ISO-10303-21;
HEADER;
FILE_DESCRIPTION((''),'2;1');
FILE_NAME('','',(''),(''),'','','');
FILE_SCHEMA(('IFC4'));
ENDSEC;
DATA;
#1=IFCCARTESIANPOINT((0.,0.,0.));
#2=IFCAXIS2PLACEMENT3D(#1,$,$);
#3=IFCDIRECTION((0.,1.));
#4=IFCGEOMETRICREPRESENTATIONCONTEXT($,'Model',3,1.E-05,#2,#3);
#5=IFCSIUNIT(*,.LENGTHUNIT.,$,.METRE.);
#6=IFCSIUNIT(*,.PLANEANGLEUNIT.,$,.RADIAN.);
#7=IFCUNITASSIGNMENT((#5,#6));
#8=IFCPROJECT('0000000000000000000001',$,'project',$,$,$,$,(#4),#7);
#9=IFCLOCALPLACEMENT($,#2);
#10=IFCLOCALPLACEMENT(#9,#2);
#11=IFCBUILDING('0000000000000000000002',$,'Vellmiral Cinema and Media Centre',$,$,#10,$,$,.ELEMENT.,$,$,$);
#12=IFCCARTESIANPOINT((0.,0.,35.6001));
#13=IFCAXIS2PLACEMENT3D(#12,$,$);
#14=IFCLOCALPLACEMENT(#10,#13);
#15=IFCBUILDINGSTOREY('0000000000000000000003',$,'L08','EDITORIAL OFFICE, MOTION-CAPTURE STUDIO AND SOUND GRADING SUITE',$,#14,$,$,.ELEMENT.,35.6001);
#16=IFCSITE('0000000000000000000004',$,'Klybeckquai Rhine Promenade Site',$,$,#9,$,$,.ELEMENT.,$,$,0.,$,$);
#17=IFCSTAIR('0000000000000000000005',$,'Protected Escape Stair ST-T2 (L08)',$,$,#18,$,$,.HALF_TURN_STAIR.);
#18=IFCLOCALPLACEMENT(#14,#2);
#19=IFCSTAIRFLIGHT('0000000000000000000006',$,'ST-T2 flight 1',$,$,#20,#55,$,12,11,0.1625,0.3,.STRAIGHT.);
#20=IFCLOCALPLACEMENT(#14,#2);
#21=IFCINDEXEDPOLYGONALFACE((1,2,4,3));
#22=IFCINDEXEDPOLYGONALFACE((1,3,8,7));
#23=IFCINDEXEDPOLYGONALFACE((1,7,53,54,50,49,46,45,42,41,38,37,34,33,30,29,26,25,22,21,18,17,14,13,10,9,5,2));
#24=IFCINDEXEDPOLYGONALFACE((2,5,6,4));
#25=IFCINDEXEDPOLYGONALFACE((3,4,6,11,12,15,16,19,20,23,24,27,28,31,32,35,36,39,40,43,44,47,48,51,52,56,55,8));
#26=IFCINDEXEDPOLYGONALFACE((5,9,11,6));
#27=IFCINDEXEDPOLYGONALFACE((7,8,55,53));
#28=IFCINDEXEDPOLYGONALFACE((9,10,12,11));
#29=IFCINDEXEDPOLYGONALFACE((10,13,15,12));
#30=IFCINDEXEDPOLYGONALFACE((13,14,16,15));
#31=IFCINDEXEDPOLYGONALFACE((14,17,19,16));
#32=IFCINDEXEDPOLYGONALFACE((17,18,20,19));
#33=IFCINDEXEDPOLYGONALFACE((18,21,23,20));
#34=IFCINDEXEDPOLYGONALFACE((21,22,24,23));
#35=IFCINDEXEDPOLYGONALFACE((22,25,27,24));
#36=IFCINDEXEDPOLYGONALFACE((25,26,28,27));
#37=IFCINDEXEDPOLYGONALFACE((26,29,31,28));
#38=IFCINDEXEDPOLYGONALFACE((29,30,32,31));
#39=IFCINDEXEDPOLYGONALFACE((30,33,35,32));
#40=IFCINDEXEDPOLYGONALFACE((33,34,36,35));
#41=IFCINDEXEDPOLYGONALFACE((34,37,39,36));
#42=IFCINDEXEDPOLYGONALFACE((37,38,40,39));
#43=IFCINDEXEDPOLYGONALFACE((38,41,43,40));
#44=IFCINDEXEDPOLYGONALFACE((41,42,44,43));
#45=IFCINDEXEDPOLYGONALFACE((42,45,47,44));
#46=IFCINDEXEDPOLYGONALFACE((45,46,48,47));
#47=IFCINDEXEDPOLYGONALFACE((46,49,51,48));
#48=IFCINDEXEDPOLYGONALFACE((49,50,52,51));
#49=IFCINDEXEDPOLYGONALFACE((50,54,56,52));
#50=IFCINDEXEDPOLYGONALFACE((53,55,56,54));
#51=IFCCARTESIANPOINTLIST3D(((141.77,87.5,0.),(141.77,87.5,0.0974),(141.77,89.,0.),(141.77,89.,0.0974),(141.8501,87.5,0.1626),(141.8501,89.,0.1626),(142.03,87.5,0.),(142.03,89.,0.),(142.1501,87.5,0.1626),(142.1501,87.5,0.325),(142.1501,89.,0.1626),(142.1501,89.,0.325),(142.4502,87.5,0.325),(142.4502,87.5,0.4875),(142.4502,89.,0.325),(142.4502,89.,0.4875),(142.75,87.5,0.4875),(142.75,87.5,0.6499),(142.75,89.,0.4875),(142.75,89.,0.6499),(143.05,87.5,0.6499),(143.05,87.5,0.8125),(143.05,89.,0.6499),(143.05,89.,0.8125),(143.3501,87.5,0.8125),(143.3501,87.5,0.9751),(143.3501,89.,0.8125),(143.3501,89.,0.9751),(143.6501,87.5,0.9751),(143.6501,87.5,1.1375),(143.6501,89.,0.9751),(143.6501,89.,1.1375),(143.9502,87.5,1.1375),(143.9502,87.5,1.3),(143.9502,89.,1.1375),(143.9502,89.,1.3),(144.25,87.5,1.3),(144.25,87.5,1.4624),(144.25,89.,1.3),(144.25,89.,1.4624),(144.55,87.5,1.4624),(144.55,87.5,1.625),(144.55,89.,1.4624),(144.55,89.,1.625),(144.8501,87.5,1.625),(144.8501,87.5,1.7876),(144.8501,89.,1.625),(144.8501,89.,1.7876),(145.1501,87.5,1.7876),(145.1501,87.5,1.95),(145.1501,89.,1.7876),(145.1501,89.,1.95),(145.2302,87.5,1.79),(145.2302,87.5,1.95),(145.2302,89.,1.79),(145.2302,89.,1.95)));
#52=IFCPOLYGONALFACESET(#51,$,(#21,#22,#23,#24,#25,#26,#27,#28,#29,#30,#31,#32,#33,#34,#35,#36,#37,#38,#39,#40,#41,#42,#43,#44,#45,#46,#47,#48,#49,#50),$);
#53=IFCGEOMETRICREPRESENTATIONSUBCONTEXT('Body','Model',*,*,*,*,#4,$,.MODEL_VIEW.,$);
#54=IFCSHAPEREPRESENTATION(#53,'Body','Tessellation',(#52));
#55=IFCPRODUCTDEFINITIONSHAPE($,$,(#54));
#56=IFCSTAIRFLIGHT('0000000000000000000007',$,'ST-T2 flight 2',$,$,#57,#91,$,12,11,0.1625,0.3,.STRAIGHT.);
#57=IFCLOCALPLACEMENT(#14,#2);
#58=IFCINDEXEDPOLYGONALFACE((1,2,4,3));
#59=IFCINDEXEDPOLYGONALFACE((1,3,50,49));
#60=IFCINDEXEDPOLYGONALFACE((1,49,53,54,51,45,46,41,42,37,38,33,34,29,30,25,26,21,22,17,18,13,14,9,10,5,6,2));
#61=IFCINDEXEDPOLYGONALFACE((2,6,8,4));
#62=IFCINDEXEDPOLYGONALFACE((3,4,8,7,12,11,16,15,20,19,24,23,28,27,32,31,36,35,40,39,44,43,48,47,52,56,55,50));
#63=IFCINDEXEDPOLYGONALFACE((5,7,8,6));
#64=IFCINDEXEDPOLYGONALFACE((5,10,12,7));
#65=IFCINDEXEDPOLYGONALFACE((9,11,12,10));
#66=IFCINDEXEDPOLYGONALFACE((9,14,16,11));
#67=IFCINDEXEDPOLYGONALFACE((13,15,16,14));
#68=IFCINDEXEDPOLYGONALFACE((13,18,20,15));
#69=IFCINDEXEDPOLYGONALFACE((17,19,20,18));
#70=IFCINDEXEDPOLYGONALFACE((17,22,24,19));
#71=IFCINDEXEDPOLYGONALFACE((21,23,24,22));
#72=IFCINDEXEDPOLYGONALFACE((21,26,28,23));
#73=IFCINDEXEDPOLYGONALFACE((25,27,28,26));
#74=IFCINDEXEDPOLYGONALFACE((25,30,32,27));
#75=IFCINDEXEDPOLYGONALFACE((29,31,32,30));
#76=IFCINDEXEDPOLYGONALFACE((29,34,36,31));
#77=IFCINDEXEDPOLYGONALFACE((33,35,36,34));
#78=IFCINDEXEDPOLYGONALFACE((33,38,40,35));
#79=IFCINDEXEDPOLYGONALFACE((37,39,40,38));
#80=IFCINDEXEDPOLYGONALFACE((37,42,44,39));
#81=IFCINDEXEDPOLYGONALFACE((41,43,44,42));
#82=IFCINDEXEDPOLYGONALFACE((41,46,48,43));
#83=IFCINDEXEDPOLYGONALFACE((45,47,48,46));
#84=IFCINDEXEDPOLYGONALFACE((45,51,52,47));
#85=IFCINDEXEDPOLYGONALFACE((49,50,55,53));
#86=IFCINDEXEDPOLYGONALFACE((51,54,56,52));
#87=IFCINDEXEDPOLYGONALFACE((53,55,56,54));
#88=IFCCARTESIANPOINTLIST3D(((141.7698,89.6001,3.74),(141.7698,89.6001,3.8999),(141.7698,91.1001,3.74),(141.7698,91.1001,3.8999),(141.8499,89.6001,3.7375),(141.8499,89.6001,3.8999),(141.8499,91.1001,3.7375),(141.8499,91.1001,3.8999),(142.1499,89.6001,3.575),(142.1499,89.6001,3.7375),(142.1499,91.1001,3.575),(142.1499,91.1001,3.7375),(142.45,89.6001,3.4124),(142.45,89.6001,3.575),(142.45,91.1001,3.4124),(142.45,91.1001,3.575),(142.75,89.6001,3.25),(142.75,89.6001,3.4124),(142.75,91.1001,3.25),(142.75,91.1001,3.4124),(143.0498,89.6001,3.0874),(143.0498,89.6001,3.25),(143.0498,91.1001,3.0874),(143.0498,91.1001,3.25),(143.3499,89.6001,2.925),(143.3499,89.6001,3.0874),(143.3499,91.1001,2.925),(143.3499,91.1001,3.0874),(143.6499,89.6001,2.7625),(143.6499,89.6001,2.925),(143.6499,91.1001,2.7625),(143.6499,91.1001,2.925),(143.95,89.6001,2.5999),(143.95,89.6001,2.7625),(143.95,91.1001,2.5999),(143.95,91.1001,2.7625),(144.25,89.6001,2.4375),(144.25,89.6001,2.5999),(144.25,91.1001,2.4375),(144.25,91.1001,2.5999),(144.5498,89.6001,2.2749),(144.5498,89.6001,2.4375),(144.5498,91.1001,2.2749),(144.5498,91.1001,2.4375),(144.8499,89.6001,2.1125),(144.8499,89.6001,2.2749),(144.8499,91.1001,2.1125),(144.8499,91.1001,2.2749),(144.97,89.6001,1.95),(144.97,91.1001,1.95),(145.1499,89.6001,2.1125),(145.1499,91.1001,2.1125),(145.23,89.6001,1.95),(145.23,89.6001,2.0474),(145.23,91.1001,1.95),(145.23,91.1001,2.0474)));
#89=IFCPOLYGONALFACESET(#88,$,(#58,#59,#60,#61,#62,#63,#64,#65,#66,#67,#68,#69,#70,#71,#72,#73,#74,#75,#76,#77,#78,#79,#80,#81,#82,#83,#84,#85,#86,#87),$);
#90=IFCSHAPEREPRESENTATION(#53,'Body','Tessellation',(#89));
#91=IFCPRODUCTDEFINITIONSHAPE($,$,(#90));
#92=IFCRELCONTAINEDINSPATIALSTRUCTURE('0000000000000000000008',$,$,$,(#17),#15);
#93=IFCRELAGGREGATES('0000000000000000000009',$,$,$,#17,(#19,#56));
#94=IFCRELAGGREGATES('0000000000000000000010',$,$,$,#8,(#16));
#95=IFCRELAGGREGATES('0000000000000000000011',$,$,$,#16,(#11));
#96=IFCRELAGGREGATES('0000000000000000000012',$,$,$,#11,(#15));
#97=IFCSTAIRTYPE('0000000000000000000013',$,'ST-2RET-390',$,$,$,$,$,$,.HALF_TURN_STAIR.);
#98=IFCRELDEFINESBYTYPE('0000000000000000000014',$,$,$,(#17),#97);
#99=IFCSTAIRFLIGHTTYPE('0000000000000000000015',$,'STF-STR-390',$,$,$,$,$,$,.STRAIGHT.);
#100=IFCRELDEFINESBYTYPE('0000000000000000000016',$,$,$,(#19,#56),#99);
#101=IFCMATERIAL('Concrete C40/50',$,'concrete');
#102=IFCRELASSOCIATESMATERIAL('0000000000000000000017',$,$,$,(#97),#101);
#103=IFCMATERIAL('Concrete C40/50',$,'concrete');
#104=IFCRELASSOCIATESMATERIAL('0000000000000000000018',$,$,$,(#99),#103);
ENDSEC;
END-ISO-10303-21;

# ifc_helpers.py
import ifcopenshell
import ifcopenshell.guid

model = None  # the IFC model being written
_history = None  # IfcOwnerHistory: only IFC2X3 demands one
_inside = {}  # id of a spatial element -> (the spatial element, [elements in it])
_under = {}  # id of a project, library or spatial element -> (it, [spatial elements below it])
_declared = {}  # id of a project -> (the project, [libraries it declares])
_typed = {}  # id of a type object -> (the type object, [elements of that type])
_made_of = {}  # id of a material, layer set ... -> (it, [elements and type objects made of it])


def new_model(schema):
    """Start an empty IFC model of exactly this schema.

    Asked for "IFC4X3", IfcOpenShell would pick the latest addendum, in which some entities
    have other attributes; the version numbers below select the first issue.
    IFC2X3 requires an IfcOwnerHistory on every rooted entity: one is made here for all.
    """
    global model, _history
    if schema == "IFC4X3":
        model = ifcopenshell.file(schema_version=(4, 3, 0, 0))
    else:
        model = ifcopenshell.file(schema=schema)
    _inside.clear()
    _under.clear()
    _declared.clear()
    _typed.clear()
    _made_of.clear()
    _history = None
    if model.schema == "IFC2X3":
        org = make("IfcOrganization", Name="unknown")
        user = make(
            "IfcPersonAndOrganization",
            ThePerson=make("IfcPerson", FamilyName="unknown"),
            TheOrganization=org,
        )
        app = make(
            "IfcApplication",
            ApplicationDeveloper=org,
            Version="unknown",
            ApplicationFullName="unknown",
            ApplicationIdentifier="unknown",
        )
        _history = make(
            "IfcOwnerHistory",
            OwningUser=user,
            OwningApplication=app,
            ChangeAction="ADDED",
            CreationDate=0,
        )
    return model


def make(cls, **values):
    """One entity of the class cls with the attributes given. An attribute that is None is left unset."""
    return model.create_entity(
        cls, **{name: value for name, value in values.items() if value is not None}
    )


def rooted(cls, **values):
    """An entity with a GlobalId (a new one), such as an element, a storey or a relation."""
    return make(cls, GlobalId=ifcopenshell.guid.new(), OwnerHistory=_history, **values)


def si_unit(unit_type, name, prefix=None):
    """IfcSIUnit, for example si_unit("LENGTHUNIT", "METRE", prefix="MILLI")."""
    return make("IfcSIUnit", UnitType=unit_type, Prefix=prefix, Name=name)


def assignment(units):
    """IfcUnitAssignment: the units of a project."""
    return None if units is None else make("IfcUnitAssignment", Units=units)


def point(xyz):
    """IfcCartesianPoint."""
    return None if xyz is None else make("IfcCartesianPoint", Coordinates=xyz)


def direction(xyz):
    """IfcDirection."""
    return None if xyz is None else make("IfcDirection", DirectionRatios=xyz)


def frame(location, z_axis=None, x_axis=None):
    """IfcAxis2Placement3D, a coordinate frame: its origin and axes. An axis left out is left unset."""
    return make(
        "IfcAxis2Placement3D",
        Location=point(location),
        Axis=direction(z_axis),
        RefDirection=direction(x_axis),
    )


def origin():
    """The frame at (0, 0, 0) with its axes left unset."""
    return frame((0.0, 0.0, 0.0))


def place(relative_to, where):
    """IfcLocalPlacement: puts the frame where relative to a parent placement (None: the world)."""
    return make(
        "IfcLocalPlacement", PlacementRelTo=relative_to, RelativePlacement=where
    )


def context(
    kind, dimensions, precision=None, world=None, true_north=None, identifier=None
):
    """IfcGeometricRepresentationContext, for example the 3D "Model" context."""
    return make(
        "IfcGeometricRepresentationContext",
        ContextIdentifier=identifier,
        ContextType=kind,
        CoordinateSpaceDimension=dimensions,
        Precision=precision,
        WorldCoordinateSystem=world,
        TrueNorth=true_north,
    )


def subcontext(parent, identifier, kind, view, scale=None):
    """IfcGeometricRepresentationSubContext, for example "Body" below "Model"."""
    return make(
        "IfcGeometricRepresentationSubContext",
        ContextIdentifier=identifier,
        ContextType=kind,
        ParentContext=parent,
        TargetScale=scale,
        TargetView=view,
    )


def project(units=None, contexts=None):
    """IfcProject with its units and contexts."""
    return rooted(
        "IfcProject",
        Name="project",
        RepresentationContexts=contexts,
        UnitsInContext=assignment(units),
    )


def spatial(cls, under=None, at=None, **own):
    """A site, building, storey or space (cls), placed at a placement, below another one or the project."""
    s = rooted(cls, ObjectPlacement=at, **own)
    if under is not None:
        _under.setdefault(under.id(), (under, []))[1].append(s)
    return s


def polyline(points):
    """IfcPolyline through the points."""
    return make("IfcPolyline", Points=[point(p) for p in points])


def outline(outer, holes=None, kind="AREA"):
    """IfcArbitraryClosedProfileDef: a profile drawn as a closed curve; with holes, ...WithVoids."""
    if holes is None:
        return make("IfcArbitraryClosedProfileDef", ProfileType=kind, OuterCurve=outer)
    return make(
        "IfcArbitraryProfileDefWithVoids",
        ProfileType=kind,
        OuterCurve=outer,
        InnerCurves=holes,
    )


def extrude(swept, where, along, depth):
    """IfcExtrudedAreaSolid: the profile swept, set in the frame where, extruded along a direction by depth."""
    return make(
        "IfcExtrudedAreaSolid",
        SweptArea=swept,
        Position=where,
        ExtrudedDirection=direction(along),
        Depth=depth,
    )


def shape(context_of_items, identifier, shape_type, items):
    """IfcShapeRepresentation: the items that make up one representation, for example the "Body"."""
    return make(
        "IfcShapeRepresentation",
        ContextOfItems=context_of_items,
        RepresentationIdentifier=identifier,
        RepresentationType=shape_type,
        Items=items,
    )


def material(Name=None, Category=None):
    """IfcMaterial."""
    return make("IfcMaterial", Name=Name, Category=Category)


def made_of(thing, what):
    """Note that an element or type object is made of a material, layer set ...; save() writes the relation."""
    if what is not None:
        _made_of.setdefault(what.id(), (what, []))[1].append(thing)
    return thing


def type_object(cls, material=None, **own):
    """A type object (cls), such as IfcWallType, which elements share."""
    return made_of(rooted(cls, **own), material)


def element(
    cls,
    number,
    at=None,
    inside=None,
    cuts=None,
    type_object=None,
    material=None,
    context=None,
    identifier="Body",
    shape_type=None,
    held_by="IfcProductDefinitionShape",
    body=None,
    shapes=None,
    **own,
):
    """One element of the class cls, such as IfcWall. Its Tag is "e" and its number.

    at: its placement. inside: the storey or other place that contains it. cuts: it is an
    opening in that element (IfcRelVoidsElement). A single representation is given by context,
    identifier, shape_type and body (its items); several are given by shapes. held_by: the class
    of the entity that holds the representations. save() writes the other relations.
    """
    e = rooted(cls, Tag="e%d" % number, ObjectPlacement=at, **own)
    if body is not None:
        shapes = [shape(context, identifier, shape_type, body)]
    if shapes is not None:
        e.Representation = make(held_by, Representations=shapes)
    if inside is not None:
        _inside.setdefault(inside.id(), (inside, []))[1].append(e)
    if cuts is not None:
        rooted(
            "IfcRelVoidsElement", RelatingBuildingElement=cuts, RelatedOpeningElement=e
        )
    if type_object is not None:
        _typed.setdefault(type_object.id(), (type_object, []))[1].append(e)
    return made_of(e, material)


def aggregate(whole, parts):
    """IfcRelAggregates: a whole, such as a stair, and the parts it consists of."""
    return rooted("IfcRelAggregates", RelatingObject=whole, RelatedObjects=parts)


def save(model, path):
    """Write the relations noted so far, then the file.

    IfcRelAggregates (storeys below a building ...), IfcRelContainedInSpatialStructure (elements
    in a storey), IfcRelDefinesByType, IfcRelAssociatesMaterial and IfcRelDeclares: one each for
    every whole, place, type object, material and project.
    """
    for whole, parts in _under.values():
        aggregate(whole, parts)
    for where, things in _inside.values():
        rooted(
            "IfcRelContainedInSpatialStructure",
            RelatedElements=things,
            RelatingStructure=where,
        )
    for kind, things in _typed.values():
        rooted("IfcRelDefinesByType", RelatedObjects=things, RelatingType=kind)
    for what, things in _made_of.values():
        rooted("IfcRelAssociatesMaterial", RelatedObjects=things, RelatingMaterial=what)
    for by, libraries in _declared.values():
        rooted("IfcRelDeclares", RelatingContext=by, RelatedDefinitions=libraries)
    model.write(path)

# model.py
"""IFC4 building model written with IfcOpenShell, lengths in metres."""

from ifc_helpers import new_model, si_unit, direction, frame, origin, place, context, subcontext, project, spatial, polyline, outline, extrude, material, type_object, element, aggregate, save


model = new_model("IFC4")

# Units and contexts
model_context = context("Model", 3, precision=1e-05, world=origin(), true_north=direction((0.0, 1.0)))
body_context = subcontext(model_context, "Body", "Model", "MODEL_VIEW")
ifc_project = project(units=[si_unit("LENGTHUNIT", "METRE"), si_unit("PLANEANGLEUNIT", "RADIAN")], contexts=[model_context])

# Site, building, storey
site_placement = place(None, origin())
site = spatial("IfcSite", under=ifc_project, at=site_placement, Name="Klybeckquai Rhine Promenade Site", CompositionType="ELEMENT", RefElevation=0.0)
building_placement = place(site_placement, origin())
building = spatial("IfcBuilding", under=site, at=building_placement, Name="Vellmiral Cinema and Media Centre", CompositionType="ELEMENT")
storey_placement = place(building_placement, frame((0.0, 0.0, 35.6001)))
storey = spatial("IfcBuildingStorey", under=building, at=storey_placement, Name="L08", Description="EDITORIAL OFFICE, MOTION-CAPTURE STUDIO AND SOUND GRADING SUITE", CompositionType="ELEMENT", Elevation=35.6001)

# Stair, stair flights
ifc_material_1 = material(Name="Concrete C40/50", Category="concrete")
stair_type = type_object("IfcStairType", Name="ST-2RET-390", PredefinedType="HALF_TURN_STAIR", material=ifc_material_1)
stair_placement = place(storey_placement, origin())
stair = element("IfcStair", 1, at=stair_placement, inside=storey, type_object=stair_type, Name="Protected Escape Stair ST-T2 (L08)", PredefinedType="HALF_TURN_STAIR")
ifc_material_2 = material(Name="Concrete C40/50", Category="concrete")
stair_flight_type = type_object("IfcStairFlightType", Name="STF-STR-390", PredefinedType="STRAIGHT", material=ifc_material_2)
stair_flight_1_placement = place(storey_placement, frame((141.8501, 88.25, 0.0), z_axis=(0.0, 0.0, 1.0), x_axis=(1.0, 0.0, 0.0)))
stair_flight_1 = element("IfcStairFlight", 2, at=stair_flight_1_placement, type_object=stair_flight_type, Name="ST-T2 flight 1", NumberOfRisers=12, NumberOfTreads=11, PredefinedType="STRAIGHT", RiserHeight=0.1625, TreadLength=0.3, context=body_context, shape_type="SweptSolid", body=[
    extrude(outline(polyline([(-0.0801, 0.0), (-0.0801, 0.0974), (0.0, 0.1626), (0.3, 0.1626), (0.3, 0.325), (0.6001, 0.325), (0.6001, 0.4875), (0.8999, 0.4875), (0.8999, 0.6499), (1.2, 0.6499), (1.2, 0.8125), (1.5, 0.8125), (1.5, 0.9751), (1.8, 0.9751), (1.8, 1.1375), (2.1001, 1.1375), (2.1001, 1.3), (2.3999, 1.3), (2.3999, 1.4624), (2.7, 1.4624), (2.7, 1.625), (3.0, 1.625), (3.0, 1.7876), (3.3, 1.7876), (3.3, 1.95), (3.3801, 1.95), (3.3801, 1.79), (0.1799, 0.0), (-0.0801, 0.0)])), frame((0.0, 0.75, 0.0), z_axis=(0.0, -1.0, 0.0), x_axis=(1.0, 0.0, 0.0)), (0.0, 0.0, 1.0), 1.5),
])
stair_flight_2_placement = place(storey_placement, frame((145.1499, 90.3501, 1.95), z_axis=(0.0, 0.0, 1.0), x_axis=(-1.0, 0.0, 0.0)))
stair_flight_2 = element("IfcStairFlight", 3, at=stair_flight_2_placement, type_object=stair_flight_type, Name="ST-T2 flight 2", NumberOfRisers=12, NumberOfTreads=11, PredefinedType="STRAIGHT", RiserHeight=0.1625, TreadLength=0.3, context=body_context, shape_type="SweptSolid", body=[
    extrude(outline(polyline([(-0.0801, 0.0), (-0.0801, 0.0974), (0.0, 0.1626), (0.3, 0.1626), (0.3, 0.325), (0.6001, 0.325), (0.6001, 0.4875), (0.8999, 0.4875), (0.8999, 0.6499), (1.2, 0.6499), (1.2, 0.8125), (1.5, 0.8125), (1.5, 0.9751), (1.8, 0.9751), (1.8, 1.1375), (2.1001, 1.1375), (2.1001, 1.3), (2.3999, 1.3), (2.3999, 1.4624), (2.7, 1.4624), (2.7, 1.625), (3.0, 1.625), (3.0, 1.7876), (3.3, 1.7876), (3.3, 1.95), (3.3801, 1.95), (3.3801, 1.79), (0.1799, 0.0), (-0.0801, 0.0)])), frame((0.0, 0.75, 0.0), z_axis=(0.0, -1.0, 0.0), x_axis=(1.0, 0.0, 0.0)), (0.0, 0.0, 1.0), 1.5),
])
aggregate(stair, [stair_flight_1, stair_flight_2])

save(model, "model.ifc")
